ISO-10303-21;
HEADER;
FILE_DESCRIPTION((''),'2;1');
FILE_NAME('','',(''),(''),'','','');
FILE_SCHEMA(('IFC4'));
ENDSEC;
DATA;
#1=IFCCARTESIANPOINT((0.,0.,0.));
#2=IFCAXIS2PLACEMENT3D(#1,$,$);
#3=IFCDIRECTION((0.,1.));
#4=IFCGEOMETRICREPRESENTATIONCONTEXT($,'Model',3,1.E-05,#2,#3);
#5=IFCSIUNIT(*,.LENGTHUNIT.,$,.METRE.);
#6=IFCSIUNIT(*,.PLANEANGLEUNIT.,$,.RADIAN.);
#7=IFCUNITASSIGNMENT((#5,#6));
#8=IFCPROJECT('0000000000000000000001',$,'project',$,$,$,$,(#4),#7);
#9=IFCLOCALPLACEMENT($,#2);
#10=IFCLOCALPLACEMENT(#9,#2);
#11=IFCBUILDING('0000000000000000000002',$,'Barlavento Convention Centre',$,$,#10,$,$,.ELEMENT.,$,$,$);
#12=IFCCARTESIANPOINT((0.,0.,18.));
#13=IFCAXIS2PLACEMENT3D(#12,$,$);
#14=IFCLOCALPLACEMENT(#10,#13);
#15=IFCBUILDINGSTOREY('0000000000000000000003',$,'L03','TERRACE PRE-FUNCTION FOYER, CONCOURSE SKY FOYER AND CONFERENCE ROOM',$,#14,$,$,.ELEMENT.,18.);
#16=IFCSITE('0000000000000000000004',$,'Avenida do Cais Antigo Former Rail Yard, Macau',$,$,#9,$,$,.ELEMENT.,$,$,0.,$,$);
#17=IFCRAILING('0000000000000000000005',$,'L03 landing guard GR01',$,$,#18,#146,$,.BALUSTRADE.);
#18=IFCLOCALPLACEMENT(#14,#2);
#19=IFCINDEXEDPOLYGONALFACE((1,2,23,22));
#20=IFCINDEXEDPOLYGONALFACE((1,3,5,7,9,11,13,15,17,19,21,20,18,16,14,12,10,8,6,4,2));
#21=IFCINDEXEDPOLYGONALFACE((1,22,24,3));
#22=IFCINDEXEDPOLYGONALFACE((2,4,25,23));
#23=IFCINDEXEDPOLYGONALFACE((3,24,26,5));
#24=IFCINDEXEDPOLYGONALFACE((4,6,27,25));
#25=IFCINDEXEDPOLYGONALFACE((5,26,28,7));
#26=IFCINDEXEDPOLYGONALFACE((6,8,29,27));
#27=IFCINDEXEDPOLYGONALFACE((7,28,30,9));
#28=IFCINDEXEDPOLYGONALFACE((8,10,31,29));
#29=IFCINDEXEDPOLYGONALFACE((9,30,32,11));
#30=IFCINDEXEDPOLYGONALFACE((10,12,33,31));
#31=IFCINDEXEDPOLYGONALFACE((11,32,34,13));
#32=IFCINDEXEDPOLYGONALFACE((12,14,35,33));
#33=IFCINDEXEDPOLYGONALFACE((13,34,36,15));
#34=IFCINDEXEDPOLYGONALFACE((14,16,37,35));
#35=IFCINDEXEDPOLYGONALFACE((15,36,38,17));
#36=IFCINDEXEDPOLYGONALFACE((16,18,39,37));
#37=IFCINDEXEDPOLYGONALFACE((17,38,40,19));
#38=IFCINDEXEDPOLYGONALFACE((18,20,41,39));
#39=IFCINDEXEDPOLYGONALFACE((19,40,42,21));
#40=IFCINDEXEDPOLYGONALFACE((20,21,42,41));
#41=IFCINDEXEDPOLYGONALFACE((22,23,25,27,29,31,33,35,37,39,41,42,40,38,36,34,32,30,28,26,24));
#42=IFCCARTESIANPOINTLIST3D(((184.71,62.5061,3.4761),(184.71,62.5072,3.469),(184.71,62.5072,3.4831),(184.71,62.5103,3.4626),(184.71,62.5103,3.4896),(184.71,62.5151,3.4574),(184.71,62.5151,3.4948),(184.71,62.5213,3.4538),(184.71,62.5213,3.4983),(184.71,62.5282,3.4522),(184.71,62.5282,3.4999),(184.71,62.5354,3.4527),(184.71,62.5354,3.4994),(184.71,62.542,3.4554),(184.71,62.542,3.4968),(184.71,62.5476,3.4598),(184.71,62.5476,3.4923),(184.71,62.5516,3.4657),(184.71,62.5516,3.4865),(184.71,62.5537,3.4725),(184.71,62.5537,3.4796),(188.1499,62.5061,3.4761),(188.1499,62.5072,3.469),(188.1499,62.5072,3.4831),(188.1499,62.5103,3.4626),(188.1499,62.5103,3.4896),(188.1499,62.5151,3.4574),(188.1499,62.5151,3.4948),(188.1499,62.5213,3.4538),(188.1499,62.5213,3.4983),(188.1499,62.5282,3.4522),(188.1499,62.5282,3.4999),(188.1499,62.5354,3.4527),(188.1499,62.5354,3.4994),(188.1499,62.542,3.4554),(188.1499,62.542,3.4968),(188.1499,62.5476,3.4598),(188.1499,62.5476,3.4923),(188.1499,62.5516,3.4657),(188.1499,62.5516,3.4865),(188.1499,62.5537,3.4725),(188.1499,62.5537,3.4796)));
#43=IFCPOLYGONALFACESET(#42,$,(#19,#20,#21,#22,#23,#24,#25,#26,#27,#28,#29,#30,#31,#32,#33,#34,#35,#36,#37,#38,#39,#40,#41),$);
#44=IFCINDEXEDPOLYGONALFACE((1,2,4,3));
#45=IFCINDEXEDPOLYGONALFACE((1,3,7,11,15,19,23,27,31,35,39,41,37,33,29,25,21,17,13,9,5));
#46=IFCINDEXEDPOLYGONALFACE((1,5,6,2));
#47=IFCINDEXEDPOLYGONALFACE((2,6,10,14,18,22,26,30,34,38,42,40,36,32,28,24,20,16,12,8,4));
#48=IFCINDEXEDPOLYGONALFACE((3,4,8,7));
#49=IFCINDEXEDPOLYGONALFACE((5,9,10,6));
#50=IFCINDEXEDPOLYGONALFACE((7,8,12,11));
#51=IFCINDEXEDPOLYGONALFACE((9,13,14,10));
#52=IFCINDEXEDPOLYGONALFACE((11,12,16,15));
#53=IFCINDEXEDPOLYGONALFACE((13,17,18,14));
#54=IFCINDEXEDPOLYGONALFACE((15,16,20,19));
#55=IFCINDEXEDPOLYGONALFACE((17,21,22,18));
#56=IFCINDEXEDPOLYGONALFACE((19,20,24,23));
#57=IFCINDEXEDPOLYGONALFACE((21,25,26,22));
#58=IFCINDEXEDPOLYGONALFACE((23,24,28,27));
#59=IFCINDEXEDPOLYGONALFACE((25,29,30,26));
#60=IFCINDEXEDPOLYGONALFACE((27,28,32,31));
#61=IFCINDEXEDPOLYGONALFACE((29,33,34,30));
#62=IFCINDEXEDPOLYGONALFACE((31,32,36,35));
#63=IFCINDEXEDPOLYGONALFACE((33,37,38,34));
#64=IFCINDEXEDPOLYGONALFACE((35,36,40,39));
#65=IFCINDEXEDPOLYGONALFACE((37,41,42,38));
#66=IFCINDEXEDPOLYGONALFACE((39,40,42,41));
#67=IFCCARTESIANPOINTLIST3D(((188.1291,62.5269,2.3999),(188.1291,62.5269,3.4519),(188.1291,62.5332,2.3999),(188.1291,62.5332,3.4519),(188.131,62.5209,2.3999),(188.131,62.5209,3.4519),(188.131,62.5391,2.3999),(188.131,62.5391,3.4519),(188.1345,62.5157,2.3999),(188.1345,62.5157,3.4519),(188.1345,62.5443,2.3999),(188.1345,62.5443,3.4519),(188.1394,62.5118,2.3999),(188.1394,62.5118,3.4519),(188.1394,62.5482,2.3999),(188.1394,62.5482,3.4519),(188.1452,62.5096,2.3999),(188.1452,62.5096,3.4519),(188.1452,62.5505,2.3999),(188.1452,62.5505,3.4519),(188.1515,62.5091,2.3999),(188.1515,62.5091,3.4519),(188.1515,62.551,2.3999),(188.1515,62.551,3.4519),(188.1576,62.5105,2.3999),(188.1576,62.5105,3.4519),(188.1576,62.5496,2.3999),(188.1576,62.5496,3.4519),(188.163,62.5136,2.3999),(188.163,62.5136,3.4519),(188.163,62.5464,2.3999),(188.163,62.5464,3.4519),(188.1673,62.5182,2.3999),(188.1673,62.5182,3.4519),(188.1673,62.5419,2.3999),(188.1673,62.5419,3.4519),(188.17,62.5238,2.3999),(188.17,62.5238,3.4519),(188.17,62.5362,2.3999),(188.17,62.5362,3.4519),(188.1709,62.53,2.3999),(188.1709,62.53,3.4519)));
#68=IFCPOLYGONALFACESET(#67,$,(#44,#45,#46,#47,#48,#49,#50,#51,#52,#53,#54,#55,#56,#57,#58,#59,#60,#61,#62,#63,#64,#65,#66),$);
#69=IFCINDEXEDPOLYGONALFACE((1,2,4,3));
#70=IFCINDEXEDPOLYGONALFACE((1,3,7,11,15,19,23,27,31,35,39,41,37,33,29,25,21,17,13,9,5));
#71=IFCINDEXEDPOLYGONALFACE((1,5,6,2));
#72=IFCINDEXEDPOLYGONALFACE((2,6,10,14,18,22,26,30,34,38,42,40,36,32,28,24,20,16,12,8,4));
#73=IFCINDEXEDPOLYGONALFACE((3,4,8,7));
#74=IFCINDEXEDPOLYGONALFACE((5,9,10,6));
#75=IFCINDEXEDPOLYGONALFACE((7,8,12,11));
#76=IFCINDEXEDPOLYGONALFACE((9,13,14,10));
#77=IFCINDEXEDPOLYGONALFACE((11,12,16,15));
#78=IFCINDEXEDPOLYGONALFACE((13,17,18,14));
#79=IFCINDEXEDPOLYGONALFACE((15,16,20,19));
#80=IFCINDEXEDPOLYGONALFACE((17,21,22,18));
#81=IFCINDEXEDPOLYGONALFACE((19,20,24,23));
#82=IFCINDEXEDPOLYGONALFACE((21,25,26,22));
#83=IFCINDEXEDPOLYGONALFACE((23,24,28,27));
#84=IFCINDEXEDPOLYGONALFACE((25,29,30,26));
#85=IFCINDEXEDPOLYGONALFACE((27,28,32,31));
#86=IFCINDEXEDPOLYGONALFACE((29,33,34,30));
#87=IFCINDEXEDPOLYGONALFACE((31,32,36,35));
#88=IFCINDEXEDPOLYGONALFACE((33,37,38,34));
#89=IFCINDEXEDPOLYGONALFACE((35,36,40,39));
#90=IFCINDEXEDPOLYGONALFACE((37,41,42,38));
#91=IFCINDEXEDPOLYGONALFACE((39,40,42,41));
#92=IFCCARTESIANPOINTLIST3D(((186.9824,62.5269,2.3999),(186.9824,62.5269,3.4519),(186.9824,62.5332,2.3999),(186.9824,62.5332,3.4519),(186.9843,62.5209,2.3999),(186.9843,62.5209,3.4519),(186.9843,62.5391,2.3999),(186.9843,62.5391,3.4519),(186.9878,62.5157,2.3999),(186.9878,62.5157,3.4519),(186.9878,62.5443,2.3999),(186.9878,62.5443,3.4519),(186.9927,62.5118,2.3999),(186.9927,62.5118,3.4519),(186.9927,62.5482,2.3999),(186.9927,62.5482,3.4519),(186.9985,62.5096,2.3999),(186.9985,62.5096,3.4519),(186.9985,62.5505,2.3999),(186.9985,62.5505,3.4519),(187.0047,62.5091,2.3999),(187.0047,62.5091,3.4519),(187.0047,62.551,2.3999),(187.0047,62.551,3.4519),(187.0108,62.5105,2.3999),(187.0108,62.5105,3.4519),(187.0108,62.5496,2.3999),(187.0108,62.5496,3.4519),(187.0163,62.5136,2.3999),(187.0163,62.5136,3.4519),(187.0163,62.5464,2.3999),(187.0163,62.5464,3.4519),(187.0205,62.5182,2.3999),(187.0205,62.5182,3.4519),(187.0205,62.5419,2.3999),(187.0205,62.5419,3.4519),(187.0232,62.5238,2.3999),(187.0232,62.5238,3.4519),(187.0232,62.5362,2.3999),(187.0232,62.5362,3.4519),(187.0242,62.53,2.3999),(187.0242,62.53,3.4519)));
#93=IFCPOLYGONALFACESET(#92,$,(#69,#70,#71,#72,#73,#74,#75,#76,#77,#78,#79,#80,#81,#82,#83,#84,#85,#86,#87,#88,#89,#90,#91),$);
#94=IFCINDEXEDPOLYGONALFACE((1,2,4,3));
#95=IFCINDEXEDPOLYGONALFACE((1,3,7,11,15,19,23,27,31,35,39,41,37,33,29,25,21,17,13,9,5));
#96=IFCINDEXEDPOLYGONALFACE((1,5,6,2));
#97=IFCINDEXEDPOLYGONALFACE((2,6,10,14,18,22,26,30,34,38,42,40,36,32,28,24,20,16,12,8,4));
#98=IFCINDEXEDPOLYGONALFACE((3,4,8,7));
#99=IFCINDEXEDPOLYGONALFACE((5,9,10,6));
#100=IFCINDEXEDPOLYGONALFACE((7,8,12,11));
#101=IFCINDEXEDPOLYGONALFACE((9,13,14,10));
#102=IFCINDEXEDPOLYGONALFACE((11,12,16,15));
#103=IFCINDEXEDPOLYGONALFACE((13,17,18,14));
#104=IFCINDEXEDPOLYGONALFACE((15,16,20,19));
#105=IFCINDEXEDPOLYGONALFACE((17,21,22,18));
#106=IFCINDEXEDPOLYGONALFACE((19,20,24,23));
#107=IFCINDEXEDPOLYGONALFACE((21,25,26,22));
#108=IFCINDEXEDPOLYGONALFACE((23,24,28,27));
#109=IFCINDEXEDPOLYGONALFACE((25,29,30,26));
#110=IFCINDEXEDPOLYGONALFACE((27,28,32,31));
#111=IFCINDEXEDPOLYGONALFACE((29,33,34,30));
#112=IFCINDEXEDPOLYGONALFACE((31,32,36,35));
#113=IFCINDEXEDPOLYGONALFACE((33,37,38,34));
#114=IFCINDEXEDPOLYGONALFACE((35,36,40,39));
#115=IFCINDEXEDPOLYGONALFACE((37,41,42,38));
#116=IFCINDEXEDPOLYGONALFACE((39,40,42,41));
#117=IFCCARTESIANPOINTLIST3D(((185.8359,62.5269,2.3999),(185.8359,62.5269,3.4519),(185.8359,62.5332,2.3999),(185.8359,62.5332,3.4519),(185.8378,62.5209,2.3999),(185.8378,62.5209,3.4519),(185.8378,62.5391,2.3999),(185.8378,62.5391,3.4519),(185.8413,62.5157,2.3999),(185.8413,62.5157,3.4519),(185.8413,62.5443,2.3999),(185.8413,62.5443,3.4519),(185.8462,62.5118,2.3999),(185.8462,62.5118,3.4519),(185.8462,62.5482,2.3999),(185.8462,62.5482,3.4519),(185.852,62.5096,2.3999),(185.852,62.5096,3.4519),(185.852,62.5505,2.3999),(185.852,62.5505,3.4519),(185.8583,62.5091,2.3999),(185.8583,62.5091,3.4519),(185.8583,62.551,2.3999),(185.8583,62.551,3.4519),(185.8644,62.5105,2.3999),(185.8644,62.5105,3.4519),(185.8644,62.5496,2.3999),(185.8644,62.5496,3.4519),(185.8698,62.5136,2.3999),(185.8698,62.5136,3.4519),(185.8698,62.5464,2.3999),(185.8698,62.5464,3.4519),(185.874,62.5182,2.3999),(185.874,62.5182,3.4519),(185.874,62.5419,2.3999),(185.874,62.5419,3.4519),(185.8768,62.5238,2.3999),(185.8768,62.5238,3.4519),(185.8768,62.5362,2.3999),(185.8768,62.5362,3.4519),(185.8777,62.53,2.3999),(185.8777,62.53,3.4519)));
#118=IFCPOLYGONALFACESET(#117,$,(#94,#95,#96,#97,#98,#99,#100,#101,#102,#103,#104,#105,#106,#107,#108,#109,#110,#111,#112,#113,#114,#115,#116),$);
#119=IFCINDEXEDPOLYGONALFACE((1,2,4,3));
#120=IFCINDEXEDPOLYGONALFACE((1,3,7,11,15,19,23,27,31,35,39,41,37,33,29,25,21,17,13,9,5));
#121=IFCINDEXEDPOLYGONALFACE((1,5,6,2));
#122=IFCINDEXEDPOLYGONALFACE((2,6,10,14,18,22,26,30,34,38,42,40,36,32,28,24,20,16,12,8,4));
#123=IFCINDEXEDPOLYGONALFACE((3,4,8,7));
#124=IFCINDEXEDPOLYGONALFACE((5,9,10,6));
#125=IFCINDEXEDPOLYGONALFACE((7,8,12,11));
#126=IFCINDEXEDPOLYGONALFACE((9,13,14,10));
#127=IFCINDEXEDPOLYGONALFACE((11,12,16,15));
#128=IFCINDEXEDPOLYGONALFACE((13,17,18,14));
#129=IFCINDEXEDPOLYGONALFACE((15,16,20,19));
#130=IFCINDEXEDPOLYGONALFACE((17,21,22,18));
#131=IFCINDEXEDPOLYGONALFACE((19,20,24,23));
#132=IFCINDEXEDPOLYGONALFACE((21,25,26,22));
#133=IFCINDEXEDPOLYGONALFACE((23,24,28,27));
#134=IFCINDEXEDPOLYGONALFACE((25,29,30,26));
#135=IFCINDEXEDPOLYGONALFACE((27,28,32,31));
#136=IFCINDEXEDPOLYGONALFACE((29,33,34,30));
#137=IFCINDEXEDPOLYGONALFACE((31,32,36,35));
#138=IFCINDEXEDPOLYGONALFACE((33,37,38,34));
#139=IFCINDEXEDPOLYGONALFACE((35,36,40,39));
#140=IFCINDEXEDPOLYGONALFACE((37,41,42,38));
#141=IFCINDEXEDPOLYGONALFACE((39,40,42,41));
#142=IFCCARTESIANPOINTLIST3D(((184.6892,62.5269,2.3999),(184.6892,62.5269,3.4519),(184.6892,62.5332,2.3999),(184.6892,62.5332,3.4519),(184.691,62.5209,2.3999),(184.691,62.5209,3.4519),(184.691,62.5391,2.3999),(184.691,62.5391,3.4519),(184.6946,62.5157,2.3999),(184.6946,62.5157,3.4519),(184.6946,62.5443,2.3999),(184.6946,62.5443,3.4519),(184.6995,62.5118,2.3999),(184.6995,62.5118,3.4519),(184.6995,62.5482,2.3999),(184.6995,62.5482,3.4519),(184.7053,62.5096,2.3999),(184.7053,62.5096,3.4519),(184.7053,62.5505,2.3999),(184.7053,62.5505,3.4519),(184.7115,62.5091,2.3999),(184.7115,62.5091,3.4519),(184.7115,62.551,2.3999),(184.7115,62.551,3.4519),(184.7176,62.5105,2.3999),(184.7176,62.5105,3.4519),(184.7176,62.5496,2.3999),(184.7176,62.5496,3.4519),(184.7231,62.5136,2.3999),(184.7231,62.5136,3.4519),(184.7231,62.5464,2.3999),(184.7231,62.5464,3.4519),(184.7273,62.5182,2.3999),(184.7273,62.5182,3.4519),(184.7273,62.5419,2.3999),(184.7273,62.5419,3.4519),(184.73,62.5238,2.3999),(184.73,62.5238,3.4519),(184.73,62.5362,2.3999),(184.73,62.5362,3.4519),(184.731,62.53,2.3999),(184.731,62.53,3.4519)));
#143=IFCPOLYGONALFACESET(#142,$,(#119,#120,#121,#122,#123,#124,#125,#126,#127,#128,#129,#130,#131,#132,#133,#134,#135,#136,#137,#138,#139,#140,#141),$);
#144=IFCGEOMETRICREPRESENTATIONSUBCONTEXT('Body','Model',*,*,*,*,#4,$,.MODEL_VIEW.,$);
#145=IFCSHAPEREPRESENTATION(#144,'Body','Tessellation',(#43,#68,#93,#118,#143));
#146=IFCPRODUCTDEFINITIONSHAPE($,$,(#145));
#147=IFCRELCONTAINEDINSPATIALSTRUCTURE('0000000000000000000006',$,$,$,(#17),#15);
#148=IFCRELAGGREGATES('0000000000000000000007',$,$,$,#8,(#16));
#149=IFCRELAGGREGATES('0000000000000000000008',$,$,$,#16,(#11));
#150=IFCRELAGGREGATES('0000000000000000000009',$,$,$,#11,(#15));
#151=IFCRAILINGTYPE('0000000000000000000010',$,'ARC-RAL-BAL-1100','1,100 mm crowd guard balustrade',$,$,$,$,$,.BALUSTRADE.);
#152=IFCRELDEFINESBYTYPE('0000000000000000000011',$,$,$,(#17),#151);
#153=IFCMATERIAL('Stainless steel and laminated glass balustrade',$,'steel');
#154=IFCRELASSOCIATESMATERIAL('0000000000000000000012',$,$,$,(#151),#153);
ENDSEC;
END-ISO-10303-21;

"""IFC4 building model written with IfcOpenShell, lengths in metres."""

from ifc_helpers import new_model, si_unit, direction, frame, origin, origin_2d, place, context, subcontext, project, spatial, circle, extrude, material, type_object, element, save


model = new_model("IFC4")

# Units and contexts
model_context = context("Model", 3, precision=1e-05, world=origin(), true_north=direction((0.0, 1.0)))
body_context = subcontext(model_context, "Body", "Model", "MODEL_VIEW")
ifc_project = project(units=[si_unit("LENGTHUNIT", "METRE"), si_unit("PLANEANGLEUNIT", "RADIAN")], contexts=[model_context])

# Site, building, storey
site_placement = place(None, origin())
site = spatial("IfcSite", under=ifc_project, at=site_placement, Name="Avenida do Cais Antigo Former Rail Yard, Macau", CompositionType="ELEMENT", RefElevation=0.0)
building_placement = place(site_placement, origin())
building = spatial("IfcBuilding", under=site, at=building_placement, Name="Barlavento Convention Centre", CompositionType="ELEMENT")
storey_placement = place(building_placement, frame((0.0, 0.0, 18.0)))
storey = spatial("IfcBuildingStorey", under=building, at=storey_placement, Name="L03", Description="TERRACE PRE-FUNCTION FOYER, CONCOURSE SKY FOYER AND CONFERENCE ROOM", CompositionType="ELEMENT", Elevation=18.0)

# Railing
ifc_material_1 = material(Name="Stainless steel and laminated glass balustrade", Category="steel")
railing_type_1 = type_object("IfcRailingType", Name="ARC-RAL-BAL-1100", Description="1,100 mm crowd guard balustrade", PredefinedType="BALUSTRADE", material=ifc_material_1)
railing_1_placement = place(storey_placement, frame((188.1499, 62.53, 2.3999)))
element("IfcRailing", 1, at=railing_1_placement, inside=storey, type_object=railing_type_1, Name="L03 landing guard GR01", PredefinedType="BALUSTRADE", context=body_context, shape_type="SweptSolid", body=[
    extrude(circle(Radius=0.0239, at=origin_2d()), frame((0.0, 0.0, 1.0762), z_axis=(-1.0, 0.0, 0.0), x_axis=(0.0, -1.0, 0.0)), (0.0, 0.0, 1.0), 3.4399),
    extrude(circle(Radius=0.021, at=origin_2d()), origin(), (0.0, 0.0, 1.0), 1.052),
    extrude(circle(Radius=0.021, at=origin_2d()), frame((-1.1467, 0.0, 0.0)), (0.0, 0.0, 1.0), 1.052),
    extrude(circle(Radius=0.021, at=origin_2d()), frame((-2.2932, 0.0, 0.0)), (0.0, 0.0, 1.0), 1.052),
    extrude(circle(Radius=0.021, at=origin_2d()), frame((-3.4399, 0.0, 0.0)), (0.0, 0.0, 1.0), 1.052),
])

save(model, "model.ifc")
